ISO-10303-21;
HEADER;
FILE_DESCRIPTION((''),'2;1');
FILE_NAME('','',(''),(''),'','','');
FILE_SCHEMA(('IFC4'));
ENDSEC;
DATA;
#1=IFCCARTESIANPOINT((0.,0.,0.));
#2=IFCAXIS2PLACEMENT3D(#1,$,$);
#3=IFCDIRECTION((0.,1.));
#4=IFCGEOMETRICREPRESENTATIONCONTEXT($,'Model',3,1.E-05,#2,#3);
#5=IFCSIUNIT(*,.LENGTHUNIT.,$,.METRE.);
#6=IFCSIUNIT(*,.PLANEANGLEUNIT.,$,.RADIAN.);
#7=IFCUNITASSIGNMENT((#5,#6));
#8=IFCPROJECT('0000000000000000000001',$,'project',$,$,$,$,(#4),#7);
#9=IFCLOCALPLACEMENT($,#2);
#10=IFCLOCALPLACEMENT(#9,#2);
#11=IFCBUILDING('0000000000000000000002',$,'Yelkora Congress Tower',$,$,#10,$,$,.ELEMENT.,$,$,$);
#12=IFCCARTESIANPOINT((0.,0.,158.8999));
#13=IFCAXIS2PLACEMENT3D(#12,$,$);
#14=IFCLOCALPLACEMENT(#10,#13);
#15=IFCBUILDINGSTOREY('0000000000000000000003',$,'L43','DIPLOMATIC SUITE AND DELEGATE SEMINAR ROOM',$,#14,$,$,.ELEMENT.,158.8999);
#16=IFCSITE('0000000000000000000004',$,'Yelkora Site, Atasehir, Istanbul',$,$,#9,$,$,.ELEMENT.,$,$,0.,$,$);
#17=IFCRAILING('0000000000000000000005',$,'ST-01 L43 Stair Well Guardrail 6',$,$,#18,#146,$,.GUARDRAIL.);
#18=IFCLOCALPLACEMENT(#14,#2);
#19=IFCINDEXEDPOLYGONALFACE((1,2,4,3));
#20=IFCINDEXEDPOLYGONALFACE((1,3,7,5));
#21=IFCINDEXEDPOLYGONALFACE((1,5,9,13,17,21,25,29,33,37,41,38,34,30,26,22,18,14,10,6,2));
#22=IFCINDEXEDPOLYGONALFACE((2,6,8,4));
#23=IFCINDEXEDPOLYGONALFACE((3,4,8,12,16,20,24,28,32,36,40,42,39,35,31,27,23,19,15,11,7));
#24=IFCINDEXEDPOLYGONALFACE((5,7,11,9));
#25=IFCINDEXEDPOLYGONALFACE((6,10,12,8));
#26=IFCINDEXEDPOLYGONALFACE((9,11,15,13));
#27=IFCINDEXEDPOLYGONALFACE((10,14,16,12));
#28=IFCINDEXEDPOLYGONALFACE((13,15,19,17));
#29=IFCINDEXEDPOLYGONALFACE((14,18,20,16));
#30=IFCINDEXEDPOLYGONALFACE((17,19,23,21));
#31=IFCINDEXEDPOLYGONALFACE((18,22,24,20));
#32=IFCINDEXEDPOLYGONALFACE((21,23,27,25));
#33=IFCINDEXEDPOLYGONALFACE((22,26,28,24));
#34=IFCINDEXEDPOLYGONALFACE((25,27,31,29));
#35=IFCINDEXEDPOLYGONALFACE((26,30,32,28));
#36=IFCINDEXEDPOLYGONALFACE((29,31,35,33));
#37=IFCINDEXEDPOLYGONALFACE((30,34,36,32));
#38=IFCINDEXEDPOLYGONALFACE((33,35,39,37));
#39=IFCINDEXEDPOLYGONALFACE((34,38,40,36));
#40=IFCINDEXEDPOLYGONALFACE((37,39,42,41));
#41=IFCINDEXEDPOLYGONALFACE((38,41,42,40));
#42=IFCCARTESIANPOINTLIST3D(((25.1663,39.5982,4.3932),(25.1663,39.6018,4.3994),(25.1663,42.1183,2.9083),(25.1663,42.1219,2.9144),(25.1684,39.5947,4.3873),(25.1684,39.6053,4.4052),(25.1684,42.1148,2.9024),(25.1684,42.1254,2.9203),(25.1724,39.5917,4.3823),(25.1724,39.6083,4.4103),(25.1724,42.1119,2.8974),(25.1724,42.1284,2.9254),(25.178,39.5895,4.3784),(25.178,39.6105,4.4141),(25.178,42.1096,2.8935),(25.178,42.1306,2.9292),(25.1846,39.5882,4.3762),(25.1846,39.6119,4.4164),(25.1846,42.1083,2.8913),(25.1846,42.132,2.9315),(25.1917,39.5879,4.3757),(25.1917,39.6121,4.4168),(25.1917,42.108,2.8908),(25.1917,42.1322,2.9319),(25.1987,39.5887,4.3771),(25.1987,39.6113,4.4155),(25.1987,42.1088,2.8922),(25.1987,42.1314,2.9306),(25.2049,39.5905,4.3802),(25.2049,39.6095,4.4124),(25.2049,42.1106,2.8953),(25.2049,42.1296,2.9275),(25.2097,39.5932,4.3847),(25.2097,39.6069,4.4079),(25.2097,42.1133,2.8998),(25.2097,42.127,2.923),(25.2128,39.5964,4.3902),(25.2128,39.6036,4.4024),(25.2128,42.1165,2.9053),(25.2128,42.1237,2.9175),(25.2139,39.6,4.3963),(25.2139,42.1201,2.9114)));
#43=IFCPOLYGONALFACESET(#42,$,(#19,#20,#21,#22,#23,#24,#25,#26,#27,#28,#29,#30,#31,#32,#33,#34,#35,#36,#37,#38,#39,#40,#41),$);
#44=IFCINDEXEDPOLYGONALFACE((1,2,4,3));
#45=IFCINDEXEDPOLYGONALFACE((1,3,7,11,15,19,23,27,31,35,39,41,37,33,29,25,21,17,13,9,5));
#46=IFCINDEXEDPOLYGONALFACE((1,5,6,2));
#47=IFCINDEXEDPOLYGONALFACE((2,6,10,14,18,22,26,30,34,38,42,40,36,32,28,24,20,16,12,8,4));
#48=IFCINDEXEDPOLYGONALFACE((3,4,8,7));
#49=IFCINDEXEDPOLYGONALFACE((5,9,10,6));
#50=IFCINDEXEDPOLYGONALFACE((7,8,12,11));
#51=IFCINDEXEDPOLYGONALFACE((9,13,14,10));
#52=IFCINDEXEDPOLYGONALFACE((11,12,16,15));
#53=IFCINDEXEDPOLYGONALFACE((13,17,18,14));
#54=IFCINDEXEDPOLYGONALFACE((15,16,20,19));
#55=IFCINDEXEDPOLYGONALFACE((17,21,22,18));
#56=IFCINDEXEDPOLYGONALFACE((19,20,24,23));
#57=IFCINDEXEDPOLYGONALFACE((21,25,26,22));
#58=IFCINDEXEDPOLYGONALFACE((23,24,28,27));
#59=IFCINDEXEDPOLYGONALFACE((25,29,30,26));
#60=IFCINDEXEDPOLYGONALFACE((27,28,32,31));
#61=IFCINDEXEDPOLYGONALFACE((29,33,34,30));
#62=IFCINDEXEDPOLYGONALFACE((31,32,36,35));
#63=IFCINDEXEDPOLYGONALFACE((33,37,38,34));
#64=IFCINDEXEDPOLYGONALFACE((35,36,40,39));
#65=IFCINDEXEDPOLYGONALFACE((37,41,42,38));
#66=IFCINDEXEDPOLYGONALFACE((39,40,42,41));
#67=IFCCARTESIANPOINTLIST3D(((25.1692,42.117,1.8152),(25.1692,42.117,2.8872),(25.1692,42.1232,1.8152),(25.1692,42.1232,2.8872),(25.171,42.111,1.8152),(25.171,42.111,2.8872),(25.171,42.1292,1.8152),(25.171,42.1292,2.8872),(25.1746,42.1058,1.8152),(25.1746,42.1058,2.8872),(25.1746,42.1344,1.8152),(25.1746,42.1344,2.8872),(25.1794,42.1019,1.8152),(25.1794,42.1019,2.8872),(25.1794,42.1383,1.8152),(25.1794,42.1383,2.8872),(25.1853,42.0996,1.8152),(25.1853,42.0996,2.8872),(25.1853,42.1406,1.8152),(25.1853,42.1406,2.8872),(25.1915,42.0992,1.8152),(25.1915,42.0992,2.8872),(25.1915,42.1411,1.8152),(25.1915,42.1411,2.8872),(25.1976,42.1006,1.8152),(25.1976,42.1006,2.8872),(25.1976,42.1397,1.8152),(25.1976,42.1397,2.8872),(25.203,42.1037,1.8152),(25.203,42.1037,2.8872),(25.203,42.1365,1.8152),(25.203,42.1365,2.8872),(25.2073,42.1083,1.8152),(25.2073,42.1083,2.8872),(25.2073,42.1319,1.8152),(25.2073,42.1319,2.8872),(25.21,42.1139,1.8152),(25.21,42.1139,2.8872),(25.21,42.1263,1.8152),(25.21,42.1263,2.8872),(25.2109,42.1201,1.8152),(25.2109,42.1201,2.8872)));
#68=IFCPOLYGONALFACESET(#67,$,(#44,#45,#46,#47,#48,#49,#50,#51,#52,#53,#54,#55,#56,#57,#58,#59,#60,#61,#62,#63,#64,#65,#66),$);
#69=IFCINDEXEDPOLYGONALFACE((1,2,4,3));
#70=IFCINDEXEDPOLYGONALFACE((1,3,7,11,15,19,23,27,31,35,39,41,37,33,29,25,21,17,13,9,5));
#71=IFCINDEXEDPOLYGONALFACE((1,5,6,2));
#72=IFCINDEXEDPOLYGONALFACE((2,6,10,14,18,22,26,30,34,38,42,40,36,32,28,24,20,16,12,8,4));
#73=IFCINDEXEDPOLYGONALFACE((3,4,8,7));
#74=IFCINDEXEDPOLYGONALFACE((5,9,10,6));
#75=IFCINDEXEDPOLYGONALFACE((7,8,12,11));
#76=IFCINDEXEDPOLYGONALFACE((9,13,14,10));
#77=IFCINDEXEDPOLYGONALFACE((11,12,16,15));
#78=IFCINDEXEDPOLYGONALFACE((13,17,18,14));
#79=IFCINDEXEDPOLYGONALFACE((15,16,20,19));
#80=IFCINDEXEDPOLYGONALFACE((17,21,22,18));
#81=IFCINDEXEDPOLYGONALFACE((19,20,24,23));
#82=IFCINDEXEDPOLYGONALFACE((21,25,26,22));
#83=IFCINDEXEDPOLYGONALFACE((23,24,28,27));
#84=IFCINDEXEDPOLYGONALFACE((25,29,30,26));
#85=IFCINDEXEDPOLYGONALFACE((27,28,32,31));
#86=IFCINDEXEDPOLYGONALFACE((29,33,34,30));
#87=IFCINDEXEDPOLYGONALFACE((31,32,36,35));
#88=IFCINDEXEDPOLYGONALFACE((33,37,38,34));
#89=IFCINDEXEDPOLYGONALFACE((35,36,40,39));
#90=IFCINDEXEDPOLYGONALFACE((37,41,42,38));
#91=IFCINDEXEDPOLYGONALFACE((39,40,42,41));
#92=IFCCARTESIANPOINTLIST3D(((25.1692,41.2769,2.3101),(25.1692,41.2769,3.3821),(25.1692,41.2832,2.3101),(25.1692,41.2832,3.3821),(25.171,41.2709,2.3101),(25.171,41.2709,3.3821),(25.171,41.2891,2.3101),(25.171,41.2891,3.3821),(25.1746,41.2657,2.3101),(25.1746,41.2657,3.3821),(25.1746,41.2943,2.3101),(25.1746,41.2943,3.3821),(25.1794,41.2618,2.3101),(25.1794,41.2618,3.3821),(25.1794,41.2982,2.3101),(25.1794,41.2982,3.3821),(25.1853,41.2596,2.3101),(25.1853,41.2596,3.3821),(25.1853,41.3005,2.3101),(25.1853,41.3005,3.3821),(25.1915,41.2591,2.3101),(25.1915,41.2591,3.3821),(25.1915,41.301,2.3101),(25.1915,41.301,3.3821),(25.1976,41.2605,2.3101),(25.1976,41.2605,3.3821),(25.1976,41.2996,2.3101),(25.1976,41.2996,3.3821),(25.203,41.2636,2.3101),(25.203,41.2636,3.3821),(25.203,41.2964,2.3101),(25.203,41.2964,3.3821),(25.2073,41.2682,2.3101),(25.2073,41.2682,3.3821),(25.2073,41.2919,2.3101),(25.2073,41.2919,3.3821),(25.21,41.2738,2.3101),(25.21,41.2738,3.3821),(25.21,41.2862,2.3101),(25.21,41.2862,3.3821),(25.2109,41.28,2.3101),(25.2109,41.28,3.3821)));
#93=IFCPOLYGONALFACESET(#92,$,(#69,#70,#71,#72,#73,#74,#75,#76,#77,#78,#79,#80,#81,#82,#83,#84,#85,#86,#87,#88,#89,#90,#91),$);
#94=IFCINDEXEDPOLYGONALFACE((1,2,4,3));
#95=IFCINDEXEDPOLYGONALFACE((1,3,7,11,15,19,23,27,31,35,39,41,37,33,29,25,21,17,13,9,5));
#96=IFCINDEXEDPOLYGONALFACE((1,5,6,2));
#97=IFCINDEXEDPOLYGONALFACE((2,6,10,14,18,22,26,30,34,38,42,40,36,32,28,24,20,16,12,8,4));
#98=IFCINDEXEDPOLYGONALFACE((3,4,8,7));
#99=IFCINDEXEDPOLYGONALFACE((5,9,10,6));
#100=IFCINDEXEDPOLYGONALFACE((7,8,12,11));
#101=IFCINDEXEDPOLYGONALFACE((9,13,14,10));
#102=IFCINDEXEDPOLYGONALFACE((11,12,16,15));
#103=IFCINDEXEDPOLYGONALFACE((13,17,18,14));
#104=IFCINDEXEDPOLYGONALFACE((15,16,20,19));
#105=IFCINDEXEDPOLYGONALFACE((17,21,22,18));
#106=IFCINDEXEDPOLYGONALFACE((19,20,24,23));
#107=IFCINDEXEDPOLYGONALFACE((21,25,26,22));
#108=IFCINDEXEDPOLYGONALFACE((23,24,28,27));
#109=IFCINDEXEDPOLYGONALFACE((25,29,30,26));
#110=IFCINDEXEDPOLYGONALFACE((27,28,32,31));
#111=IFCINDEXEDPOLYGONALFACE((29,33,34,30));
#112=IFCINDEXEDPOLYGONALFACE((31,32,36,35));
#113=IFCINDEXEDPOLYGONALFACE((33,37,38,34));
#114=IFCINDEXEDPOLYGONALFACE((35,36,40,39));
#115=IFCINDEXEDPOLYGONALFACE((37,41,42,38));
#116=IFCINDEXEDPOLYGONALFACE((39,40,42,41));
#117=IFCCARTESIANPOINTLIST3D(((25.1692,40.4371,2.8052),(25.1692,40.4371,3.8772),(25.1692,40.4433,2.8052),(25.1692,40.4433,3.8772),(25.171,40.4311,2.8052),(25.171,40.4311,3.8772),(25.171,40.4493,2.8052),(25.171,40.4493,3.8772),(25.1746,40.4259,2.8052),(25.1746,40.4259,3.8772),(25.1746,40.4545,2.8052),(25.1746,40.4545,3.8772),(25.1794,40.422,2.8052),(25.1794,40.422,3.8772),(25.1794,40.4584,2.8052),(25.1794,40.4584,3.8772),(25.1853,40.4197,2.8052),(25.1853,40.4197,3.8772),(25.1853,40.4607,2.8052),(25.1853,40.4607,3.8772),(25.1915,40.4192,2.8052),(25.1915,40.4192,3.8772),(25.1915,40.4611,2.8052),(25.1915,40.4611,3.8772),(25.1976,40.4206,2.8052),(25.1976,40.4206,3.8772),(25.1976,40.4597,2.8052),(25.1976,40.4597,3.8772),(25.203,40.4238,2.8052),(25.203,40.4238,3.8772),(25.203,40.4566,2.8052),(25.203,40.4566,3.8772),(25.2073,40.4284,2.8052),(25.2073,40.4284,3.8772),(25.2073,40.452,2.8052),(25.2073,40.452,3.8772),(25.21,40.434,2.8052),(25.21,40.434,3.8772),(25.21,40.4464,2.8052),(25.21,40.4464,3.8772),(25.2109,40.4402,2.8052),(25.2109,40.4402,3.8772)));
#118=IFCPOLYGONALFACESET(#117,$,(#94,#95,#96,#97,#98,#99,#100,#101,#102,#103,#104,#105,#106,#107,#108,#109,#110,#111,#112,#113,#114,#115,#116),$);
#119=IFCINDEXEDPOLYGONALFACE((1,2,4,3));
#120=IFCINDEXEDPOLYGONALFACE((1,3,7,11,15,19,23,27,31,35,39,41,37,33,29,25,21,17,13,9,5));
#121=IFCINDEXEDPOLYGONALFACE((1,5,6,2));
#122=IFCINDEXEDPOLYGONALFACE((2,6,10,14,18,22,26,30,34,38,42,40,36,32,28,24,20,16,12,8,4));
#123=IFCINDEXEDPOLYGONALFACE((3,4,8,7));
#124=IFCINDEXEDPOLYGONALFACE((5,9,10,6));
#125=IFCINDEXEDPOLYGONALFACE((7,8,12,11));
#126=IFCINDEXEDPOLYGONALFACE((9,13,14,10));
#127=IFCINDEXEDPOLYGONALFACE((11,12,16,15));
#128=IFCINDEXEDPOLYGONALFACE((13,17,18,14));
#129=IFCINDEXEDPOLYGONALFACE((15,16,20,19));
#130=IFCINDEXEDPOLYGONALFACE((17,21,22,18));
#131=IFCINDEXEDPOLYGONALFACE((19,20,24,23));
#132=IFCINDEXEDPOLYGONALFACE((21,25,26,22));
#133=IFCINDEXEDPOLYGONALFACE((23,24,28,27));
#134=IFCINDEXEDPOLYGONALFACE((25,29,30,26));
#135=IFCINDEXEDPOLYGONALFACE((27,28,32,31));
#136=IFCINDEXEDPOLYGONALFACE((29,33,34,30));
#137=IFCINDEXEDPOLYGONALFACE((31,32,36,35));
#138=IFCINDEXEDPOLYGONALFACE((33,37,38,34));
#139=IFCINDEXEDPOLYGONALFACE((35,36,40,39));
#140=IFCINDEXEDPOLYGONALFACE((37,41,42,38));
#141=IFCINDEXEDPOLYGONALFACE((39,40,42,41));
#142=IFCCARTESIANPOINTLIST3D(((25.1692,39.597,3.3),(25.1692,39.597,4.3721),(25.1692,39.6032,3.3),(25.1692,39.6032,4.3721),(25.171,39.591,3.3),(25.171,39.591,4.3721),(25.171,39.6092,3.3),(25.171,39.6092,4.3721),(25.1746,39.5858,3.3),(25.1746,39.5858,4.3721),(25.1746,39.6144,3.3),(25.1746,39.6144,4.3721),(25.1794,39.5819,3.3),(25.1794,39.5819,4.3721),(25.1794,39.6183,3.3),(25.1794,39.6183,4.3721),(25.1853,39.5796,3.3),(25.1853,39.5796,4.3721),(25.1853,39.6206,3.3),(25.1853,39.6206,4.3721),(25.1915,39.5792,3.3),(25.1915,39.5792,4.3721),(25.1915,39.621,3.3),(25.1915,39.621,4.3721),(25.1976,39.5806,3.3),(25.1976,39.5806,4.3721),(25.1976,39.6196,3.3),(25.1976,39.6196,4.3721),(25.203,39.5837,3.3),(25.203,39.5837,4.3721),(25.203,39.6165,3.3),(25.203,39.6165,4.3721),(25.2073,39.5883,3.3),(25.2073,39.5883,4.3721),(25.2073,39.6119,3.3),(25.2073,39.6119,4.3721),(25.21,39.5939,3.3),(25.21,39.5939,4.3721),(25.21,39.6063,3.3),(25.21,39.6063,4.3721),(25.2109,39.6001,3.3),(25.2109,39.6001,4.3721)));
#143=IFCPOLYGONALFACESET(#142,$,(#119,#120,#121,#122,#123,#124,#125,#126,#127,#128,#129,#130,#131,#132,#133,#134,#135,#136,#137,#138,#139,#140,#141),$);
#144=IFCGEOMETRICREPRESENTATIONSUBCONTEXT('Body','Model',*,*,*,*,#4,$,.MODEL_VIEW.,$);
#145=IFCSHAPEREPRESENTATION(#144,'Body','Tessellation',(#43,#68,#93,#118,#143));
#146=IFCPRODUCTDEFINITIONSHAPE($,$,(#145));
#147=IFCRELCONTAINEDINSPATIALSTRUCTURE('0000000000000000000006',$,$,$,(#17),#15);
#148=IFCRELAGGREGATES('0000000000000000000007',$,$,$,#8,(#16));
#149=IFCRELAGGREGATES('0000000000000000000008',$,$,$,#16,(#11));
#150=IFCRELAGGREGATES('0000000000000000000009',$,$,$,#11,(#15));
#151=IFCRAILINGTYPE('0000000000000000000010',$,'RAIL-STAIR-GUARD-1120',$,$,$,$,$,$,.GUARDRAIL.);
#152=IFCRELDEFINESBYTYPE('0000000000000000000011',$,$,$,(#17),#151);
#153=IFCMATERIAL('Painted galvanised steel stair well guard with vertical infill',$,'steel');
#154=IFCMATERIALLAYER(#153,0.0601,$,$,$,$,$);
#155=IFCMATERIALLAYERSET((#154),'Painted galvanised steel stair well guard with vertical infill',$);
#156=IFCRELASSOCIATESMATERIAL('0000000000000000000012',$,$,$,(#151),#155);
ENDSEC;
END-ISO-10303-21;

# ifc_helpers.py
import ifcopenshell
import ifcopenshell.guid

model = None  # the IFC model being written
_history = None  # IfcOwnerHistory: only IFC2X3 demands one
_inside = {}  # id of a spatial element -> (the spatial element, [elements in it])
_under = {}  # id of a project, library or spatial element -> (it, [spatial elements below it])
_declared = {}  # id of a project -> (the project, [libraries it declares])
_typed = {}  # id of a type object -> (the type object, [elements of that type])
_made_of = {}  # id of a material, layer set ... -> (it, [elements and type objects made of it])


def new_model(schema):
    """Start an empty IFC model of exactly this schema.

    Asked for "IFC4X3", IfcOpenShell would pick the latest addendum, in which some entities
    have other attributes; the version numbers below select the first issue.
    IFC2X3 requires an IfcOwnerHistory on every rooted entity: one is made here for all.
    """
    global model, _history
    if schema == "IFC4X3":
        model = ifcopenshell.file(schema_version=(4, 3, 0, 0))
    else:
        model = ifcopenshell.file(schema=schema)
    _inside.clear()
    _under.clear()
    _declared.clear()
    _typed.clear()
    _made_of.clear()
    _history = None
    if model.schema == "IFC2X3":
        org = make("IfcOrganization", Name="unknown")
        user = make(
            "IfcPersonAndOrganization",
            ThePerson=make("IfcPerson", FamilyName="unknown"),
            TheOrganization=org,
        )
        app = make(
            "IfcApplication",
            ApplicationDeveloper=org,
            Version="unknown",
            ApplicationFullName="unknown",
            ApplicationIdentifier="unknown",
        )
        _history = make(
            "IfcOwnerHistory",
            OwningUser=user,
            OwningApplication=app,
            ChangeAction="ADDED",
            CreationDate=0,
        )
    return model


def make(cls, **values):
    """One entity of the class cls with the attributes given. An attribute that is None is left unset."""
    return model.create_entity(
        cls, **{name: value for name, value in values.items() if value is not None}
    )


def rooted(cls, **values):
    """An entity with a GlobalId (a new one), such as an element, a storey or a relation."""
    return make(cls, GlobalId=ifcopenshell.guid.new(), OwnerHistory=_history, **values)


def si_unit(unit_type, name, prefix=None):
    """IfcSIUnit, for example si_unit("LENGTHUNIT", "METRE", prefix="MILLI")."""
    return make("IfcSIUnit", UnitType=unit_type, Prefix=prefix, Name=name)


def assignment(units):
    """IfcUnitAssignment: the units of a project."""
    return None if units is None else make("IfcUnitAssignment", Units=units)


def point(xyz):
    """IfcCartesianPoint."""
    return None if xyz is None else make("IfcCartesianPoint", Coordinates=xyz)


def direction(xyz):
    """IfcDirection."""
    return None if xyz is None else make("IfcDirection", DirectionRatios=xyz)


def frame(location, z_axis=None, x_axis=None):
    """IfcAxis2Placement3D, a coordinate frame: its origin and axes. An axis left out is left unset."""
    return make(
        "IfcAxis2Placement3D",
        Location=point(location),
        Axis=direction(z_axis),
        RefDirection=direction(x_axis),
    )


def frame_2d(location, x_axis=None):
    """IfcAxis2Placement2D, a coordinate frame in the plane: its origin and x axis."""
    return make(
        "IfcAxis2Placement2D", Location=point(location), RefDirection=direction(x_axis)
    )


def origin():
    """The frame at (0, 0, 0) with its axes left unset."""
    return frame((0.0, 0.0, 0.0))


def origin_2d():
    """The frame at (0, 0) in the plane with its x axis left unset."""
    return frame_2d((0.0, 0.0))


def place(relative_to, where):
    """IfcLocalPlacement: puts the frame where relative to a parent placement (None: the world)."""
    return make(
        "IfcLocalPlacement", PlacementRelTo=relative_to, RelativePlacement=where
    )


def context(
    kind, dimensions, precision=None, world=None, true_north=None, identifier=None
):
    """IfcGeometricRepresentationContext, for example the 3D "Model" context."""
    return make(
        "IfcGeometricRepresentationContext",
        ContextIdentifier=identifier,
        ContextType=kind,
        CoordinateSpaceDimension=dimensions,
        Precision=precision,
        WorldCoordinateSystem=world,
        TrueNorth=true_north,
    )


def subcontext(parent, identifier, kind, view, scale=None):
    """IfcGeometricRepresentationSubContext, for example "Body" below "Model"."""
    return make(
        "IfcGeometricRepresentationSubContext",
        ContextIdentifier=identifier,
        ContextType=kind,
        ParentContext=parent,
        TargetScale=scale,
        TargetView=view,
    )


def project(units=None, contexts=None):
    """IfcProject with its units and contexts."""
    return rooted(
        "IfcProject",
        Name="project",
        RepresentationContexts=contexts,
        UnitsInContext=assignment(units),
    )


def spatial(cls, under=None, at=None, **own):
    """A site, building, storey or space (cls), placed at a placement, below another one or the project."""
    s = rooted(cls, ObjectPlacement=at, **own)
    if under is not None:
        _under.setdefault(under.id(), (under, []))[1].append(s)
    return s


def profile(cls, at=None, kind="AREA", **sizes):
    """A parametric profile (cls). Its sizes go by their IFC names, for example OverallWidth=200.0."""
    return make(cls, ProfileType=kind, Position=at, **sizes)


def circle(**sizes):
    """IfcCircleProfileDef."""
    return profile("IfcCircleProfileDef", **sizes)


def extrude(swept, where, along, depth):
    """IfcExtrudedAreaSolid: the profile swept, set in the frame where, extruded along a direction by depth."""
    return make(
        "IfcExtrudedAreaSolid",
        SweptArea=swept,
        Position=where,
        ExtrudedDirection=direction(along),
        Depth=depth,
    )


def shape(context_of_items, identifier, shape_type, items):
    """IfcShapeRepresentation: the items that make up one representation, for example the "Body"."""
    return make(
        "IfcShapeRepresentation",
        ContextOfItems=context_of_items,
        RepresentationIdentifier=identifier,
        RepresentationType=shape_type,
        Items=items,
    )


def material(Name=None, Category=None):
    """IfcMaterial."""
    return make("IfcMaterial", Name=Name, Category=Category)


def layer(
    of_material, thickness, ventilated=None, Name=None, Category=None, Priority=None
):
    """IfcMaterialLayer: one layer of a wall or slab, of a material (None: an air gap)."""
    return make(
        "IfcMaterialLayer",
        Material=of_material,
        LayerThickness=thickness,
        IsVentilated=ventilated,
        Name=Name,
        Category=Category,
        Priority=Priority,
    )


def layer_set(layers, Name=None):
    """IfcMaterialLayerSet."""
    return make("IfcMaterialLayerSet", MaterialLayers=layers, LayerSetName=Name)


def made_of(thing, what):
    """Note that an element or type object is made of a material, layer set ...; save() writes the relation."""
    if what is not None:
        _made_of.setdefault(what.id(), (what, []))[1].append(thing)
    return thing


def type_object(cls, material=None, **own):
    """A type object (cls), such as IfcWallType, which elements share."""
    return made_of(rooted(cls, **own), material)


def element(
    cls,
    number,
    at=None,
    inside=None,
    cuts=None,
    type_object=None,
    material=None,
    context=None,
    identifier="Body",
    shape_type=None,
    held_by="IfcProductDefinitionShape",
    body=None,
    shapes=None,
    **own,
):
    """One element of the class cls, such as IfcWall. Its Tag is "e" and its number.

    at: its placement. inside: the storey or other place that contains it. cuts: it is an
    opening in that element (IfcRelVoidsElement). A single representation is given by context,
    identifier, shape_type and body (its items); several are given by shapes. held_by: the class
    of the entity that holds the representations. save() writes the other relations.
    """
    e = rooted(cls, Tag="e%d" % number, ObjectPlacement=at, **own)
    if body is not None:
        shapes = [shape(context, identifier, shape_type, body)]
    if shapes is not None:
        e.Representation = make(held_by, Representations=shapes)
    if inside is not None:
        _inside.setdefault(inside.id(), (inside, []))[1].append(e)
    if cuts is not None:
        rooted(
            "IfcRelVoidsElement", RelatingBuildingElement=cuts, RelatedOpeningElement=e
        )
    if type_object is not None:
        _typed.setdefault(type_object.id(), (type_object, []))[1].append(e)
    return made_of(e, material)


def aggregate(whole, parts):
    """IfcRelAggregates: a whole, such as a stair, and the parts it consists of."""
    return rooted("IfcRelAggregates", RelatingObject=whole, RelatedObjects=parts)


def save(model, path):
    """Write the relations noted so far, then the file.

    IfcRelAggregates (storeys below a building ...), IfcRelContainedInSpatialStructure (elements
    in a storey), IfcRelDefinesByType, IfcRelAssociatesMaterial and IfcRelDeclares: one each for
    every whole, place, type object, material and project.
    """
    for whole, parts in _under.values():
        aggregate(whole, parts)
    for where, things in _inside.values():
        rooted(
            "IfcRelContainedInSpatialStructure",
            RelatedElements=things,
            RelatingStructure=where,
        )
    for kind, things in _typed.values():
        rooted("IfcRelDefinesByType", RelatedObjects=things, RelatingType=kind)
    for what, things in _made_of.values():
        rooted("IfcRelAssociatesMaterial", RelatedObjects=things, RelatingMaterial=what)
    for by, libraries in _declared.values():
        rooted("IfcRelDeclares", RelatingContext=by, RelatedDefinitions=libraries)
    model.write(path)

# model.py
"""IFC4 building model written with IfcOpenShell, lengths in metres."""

from ifc_helpers import new_model, si_unit, direction, frame, origin, origin_2d, place, context, subcontext, project, spatial, circle, extrude, material, layer, layer_set, type_object, element, save


model = new_model("IFC4")

# Units and contexts
model_context = context("Model", 3, precision=1e-05, world=origin(), true_north=direction((0.0, 1.0)))
body_context = subcontext(model_context, "Body", "Model", "MODEL_VIEW")
ifc_project = project(units=[si_unit("LENGTHUNIT", "METRE"), si_unit("PLANEANGLEUNIT", "RADIAN")], contexts=[model_context])

# Site, building, storey
site_placement = place(None, origin())
site = spatial("IfcSite", under=ifc_project, at=site_placement, Name="Yelkora Site, Atasehir, Istanbul", CompositionType="ELEMENT", RefElevation=0.0)
building_placement = place(site_placement, origin())
building = spatial("IfcBuilding", under=site, at=building_placement, Name="Yelkora Congress Tower", CompositionType="ELEMENT")
storey_placement = place(building_placement, frame((0.0, 0.0, 158.8999)))
storey = spatial("IfcBuildingStorey", under=building, at=storey_placement, Name="L43", Description="DIPLOMATIC SUITE AND DELEGATE SEMINAR ROOM", CompositionType="ELEMENT", Elevation=158.8999)

# Railing
ifc_material_1 = material(Name="Painted galvanised steel stair well guard with vertical infill", Category="steel")
ifc_layer_1 = layer(ifc_material_1, 0.0601)
ifc_layer_set_1 = layer_set([ifc_layer_1], Name="Painted galvanised steel stair well guard with vertical infill")
railing_type = type_object("IfcRailingType", Name="RAIL-STAIR-GUARD-1120", PredefinedType="GUARDRAIL", material=ifc_layer_set_1)
railing_1_placement = place(storey_placement, frame((25.1899, 42.1201, 1.8152)))
element("IfcRailing", 1, at=railing_1_placement, inside=storey, type_object=railing_type, Name="ST-01 L43 Stair Well Guardrail 6", PredefinedType="GUARDRAIL", context=body_context, shape_type="SweptSolid", body=[
    extrude(circle(Radius=0.0239, at=origin_2d()), frame((0.0, 0.0, 1.0962), z_axis=(0.0, -0.861561, 0.507655), x_axis=(1.0, 0.0, 0.0)), (0.0, 0.0, 1.0), 2.925),
    extrude(circle(Radius=0.021, at=origin_2d()), origin(), (0.0, 0.0, 1.0), 1.072),
    extrude(circle(Radius=0.021, at=origin_2d()), frame((0.0, -0.8401, 0.4949)), (0.0, 0.0, 1.0), 1.072),
    extrude(circle(Radius=0.021, at=origin_2d()), frame((0.0, -1.6799, 0.99)), (0.0, 0.0, 1.0), 1.072),
    extrude(circle(Radius=0.021, at=origin_2d()), frame((0.0, -2.52, 1.4849)), (0.0, 0.0, 1.0), 1.072),
])

save(model, "model.ifc")
